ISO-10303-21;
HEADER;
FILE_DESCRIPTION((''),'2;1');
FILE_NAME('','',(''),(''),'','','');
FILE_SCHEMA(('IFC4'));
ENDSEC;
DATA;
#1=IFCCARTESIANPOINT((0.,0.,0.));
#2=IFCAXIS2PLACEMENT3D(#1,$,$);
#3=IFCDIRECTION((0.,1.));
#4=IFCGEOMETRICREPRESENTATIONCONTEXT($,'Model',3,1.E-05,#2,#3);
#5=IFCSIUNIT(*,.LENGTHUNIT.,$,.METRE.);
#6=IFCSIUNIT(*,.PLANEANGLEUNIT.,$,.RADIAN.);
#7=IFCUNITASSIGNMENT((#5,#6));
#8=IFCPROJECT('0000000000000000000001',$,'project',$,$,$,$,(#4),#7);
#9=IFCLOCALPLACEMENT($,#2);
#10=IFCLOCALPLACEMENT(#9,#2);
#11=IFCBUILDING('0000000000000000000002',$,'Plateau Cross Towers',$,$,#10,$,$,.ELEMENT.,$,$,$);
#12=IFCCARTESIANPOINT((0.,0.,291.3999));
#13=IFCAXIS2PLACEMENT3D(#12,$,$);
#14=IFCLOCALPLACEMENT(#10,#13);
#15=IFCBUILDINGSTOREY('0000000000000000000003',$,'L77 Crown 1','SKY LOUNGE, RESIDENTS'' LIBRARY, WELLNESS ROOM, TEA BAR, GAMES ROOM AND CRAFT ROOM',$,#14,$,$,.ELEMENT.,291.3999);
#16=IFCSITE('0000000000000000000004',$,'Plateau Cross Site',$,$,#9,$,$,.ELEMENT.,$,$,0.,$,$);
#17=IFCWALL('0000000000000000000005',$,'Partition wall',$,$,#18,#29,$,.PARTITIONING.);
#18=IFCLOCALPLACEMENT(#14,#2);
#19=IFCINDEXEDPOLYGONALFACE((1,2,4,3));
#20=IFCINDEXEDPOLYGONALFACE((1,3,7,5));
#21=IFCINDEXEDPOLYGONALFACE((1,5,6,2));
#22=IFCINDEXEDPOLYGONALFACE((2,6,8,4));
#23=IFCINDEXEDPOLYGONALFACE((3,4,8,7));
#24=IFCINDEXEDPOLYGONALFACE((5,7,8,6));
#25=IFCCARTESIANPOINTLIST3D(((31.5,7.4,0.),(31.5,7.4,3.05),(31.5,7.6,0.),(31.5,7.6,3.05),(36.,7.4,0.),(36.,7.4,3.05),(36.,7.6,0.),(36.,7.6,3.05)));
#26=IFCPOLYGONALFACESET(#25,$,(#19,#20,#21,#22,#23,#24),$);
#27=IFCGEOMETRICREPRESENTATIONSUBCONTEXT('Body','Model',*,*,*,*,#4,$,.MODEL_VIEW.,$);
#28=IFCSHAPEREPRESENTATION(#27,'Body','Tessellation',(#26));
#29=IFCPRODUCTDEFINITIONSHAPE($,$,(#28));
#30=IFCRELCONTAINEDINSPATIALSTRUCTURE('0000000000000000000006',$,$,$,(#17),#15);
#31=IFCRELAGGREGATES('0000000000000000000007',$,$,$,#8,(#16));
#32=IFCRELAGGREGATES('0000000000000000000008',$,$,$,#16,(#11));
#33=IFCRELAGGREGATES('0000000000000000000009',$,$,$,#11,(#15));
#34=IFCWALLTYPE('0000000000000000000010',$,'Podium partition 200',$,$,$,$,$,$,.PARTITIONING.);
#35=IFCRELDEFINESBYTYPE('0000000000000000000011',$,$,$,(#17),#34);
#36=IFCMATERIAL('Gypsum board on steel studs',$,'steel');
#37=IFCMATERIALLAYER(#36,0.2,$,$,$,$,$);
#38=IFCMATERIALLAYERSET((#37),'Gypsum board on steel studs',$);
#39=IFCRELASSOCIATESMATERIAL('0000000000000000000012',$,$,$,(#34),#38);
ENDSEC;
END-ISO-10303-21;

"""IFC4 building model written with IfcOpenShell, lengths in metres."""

from ifc_helpers import new_model, si_unit, direction, frame, frame_2d, origin, place, context, subcontext, project, spatial, rectangle, extrude, material, layer, layer_set, type_object, element, save


model = new_model("IFC4")

# Units and contexts
model_context = context("Model", 3, precision=1e-05, world=origin(), true_north=direction((0.0, 1.0)))
body_context = subcontext(model_context, "Body", "Model", "MODEL_VIEW")
ifc_project = project(units=[si_unit("LENGTHUNIT", "METRE"), si_unit("PLANEANGLEUNIT", "RADIAN")], contexts=[model_context])

# Site, building, storey
site_placement = place(None, origin())
site = spatial("IfcSite", under=ifc_project, at=site_placement, Name="Plateau Cross Site", CompositionType="ELEMENT", RefElevation=0.0)
building_placement = place(site_placement, origin())
building = spatial("IfcBuilding", under=site, at=building_placement, Name="Plateau Cross Towers", CompositionType="ELEMENT")
storey_placement = place(building_placement, frame((0.0, 0.0, 291.3999)))
storey = spatial("IfcBuildingStorey", under=building, at=storey_placement, Name="L77 Crown 1", Description="SKY LOUNGE, RESIDENTS' LIBRARY, WELLNESS ROOM, TEA BAR, GAMES ROOM AND CRAFT ROOM", CompositionType="ELEMENT", Elevation=291.3999)

# Shared definitions
ifc_material_1 = material(Name="Gypsum board on steel studs", Category="steel")
ifc_layer_1 = layer(ifc_material_1, 0.2)
ifc_layer_set_1 = layer_set([ifc_layer_1], Name="Gypsum board on steel studs")
wall_type = type_object("IfcWallType", Name="Podium partition 200", PredefinedType="PARTITIONING", material=ifc_layer_set_1)

# Wall
wall_1_placement = place(storey_placement, frame((36.0, 7.5, 0.0), z_axis=(0.0, 0.0, 1.0), x_axis=(-1.0, 0.0, 0.0)))
element("IfcWall", 1, at=wall_1_placement, inside=storey, type_object=wall_type, Name="Partition wall", PredefinedType="PARTITIONING", context=body_context, shape_type="SweptSolid", body=[
    extrude(rectangle(XDim=4.5, YDim=0.2, at=frame_2d((2.25, 0.0))), origin(), (0.0, 0.0, 1.0), 3.05),
])

save(model, "model.ifc")
